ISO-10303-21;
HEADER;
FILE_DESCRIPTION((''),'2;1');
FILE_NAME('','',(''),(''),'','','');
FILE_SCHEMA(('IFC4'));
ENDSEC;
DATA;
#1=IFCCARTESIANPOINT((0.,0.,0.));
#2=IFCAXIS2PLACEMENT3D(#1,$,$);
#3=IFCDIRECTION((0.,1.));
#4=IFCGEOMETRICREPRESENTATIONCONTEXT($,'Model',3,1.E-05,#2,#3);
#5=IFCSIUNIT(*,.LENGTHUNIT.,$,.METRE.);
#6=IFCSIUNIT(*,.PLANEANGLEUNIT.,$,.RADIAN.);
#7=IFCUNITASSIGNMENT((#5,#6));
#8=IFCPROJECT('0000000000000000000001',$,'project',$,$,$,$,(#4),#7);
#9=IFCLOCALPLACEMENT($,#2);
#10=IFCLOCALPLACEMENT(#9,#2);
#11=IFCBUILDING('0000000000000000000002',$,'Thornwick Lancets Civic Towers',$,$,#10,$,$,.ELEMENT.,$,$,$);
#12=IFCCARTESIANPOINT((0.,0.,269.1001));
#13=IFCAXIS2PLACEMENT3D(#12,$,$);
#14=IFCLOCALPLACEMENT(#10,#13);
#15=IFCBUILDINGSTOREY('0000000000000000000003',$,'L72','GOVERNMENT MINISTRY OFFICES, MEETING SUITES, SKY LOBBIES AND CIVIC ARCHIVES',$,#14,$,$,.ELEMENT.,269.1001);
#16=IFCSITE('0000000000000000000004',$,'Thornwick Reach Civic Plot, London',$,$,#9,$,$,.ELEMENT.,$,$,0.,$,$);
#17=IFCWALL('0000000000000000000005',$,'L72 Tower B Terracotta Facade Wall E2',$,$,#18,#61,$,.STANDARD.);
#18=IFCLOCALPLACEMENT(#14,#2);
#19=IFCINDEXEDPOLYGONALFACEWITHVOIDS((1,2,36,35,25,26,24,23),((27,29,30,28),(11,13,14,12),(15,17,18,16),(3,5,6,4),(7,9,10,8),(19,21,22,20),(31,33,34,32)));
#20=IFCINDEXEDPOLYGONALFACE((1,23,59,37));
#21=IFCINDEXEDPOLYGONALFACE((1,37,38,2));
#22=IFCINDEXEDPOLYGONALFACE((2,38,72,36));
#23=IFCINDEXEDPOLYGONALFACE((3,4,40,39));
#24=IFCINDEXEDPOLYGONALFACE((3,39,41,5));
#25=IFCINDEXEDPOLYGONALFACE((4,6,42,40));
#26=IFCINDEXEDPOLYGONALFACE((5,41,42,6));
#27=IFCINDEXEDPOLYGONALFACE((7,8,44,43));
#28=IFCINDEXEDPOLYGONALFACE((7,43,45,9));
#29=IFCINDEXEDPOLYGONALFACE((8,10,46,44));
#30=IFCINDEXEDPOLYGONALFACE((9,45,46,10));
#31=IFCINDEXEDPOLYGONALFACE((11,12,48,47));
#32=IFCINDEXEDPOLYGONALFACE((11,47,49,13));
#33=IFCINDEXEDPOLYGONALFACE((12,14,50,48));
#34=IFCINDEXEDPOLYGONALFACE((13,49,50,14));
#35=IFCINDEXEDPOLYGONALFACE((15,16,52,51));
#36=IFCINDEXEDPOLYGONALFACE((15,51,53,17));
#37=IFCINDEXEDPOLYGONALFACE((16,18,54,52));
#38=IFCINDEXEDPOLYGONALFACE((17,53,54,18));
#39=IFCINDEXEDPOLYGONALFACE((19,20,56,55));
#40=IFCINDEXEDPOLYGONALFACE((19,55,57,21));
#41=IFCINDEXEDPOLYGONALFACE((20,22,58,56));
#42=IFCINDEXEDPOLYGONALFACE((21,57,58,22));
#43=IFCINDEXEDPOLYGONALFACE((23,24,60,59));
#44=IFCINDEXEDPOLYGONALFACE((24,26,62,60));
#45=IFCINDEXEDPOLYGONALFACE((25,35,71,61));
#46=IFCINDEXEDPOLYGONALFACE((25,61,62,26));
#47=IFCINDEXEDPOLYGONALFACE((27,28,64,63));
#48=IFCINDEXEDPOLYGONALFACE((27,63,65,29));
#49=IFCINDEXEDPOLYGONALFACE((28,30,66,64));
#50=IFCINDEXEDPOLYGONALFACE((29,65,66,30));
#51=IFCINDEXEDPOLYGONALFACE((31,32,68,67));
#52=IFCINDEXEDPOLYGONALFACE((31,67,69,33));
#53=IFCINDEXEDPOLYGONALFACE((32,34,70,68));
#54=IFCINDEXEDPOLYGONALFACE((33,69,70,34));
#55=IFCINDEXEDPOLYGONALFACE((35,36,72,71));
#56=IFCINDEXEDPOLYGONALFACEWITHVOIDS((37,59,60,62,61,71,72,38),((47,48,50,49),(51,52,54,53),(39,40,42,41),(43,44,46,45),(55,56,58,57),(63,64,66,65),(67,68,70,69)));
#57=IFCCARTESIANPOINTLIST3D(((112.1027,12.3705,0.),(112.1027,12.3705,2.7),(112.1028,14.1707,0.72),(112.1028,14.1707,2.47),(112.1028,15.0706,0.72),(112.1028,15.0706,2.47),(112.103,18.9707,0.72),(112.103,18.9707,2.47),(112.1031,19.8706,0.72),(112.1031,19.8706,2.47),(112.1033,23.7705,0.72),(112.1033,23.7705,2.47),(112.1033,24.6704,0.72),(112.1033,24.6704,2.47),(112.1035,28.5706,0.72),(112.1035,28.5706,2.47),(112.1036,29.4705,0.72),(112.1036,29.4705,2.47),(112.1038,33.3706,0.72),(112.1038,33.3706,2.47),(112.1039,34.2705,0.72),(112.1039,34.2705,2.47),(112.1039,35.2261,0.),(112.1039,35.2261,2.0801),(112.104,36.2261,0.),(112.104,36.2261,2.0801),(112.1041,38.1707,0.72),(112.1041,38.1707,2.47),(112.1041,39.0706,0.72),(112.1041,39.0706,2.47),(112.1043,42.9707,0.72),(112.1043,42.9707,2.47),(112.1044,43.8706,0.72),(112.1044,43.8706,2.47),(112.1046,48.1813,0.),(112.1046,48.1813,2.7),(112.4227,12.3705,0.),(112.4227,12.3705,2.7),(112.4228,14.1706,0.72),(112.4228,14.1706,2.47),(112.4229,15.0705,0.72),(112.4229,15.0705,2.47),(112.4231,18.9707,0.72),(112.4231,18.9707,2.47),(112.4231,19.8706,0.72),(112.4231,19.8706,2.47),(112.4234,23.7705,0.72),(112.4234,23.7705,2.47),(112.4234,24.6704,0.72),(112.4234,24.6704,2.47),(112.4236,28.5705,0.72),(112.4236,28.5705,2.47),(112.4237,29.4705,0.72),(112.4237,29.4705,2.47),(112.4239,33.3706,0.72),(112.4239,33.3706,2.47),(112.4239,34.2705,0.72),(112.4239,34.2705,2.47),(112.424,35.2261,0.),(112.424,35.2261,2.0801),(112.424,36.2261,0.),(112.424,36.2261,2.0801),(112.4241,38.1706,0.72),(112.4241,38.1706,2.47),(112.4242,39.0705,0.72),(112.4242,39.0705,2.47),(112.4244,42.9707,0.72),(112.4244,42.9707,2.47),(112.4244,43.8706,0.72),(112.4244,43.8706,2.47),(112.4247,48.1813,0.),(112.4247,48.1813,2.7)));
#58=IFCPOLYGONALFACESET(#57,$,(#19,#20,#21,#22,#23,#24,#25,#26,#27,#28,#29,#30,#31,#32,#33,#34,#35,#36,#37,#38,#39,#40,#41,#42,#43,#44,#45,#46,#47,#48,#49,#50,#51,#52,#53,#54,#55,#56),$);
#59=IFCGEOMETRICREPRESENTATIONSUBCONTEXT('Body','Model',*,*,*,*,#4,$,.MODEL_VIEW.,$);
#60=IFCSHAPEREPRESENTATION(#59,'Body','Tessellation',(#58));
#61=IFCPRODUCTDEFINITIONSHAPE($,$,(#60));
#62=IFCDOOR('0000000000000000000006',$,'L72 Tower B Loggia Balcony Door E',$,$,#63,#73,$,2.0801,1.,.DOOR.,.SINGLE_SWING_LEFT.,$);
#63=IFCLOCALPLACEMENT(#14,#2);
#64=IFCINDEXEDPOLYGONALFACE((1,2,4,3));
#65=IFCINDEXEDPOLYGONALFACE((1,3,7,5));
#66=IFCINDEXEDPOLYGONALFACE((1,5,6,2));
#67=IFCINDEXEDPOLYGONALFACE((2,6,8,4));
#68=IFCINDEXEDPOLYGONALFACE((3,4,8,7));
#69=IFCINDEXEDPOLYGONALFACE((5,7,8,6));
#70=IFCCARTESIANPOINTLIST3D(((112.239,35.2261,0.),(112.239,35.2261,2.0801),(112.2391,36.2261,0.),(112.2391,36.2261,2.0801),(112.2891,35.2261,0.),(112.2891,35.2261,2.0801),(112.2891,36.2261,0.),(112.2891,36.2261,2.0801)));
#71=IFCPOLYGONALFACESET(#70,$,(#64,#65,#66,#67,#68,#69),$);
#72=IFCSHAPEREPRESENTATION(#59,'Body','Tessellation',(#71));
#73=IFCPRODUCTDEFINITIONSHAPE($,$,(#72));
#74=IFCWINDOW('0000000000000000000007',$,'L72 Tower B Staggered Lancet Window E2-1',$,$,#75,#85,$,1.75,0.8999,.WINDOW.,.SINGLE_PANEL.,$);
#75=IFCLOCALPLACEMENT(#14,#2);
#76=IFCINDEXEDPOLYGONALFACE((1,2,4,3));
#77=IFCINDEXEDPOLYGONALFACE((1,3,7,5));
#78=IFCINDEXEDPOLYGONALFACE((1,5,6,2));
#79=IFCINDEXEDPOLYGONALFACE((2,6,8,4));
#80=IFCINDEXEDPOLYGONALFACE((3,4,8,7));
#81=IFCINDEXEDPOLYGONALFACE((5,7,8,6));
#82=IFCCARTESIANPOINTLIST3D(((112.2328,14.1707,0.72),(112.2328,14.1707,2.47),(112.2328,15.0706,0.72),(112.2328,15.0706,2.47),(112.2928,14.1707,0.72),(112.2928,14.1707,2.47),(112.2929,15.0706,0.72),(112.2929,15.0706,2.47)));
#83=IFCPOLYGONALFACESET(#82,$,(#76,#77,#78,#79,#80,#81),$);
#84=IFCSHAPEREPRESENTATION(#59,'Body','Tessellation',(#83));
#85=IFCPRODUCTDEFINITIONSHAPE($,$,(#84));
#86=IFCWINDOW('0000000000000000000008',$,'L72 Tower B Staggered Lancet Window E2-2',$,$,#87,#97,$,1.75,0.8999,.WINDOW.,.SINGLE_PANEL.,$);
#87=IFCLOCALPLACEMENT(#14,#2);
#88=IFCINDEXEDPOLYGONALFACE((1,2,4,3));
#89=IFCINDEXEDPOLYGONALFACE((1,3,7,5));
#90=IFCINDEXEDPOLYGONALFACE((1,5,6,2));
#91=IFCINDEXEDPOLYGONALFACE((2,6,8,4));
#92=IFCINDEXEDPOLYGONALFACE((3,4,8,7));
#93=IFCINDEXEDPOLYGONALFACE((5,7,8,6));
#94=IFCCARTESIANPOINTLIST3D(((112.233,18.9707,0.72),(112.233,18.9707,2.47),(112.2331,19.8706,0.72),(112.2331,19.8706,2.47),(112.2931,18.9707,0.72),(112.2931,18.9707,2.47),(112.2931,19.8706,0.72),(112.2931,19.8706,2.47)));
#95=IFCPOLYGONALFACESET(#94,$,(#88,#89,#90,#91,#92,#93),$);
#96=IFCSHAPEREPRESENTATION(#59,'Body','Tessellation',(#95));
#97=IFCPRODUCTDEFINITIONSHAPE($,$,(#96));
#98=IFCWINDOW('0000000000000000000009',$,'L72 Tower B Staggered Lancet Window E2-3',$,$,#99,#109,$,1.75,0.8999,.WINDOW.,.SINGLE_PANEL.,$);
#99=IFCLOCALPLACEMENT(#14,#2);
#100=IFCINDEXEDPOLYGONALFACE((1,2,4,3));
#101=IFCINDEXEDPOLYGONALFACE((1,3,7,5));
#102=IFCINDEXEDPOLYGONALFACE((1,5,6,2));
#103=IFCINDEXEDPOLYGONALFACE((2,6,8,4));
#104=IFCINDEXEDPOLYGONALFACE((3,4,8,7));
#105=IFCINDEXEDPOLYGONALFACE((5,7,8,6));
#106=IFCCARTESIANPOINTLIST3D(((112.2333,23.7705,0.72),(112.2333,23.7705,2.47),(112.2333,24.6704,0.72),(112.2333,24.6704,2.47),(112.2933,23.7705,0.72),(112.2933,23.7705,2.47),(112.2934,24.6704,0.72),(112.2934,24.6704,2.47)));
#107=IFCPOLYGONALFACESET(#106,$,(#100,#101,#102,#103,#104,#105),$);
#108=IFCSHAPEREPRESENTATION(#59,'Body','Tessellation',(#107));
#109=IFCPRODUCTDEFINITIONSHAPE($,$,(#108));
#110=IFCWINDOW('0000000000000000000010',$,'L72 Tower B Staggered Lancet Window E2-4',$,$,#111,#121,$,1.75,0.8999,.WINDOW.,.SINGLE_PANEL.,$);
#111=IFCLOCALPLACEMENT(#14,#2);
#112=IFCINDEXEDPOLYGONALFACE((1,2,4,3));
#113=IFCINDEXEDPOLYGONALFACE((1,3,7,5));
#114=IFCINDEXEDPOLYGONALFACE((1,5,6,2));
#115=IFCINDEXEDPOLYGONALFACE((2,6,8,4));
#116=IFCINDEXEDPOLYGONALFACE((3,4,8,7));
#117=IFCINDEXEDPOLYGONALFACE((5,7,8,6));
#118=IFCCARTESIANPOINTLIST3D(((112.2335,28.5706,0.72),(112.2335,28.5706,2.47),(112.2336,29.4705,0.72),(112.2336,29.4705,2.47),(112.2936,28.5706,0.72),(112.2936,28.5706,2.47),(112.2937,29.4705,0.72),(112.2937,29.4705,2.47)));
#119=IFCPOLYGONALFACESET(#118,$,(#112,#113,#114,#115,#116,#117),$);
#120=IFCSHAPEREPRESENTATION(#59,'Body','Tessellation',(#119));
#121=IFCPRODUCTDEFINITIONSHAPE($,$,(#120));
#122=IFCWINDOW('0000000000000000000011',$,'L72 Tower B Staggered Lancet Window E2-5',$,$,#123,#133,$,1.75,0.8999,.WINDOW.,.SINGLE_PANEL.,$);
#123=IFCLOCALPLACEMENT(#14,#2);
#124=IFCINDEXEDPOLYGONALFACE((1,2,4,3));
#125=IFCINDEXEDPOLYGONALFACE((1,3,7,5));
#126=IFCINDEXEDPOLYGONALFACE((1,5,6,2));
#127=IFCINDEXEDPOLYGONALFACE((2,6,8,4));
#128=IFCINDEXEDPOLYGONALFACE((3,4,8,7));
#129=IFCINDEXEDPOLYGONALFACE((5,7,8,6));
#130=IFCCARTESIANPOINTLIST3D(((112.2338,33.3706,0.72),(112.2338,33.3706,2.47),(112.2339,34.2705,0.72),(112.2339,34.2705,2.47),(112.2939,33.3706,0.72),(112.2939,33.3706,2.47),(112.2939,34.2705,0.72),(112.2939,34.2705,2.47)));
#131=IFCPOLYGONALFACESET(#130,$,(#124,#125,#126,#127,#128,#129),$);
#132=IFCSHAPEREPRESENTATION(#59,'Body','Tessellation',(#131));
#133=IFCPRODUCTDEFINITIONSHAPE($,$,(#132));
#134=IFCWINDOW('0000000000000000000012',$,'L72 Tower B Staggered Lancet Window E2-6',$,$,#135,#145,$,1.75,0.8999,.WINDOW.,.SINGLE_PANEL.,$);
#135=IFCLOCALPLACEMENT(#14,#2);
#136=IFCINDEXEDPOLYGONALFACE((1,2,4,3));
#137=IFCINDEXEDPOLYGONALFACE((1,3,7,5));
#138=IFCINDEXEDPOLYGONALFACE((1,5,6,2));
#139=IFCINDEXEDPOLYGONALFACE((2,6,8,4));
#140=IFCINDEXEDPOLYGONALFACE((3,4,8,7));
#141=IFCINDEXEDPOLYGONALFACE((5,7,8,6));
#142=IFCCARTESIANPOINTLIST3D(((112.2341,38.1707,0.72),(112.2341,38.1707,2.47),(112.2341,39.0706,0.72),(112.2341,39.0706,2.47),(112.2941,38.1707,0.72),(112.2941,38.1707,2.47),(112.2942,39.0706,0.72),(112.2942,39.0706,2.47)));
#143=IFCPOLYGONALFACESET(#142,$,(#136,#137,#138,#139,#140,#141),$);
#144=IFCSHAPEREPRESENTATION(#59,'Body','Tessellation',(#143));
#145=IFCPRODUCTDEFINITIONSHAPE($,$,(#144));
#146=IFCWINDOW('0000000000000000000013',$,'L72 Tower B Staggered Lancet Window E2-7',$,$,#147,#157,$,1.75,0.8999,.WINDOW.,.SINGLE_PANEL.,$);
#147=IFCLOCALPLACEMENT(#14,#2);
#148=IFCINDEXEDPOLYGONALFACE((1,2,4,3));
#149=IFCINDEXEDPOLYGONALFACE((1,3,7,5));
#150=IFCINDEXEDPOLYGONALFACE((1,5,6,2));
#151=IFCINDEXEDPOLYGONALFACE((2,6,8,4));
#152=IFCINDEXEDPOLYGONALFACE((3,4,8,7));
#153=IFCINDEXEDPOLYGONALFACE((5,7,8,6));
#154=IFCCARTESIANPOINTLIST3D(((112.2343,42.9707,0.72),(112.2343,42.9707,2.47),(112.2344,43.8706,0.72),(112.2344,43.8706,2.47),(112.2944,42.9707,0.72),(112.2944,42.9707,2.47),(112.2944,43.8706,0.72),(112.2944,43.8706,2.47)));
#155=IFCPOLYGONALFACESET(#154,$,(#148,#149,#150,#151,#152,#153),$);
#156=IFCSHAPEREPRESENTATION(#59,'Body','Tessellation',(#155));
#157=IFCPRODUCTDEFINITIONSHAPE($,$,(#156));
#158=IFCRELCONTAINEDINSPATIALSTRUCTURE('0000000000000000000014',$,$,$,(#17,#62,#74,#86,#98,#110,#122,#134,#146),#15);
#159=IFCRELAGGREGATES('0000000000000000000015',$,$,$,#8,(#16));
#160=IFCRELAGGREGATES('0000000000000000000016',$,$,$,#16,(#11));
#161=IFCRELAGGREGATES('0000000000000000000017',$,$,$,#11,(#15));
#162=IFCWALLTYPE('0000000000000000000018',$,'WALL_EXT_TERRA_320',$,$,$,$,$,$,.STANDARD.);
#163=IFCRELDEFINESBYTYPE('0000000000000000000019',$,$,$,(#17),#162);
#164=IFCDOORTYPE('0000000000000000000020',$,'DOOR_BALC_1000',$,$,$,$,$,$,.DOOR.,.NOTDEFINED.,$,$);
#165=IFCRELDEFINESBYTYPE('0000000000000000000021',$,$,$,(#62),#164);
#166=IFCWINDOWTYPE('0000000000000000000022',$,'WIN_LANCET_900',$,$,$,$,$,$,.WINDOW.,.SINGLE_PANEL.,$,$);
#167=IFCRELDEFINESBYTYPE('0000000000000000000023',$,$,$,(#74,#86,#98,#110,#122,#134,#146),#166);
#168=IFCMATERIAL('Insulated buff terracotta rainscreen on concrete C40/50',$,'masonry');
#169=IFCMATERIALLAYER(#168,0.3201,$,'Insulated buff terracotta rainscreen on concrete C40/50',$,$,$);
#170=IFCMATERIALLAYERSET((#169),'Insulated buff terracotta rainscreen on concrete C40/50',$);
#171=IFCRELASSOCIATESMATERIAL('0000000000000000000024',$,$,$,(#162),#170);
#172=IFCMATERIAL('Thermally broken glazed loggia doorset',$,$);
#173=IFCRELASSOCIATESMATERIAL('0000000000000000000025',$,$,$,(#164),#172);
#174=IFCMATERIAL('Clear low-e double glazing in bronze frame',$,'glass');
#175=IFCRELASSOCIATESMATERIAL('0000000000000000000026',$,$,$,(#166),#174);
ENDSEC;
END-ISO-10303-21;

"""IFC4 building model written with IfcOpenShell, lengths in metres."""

from ifc_helpers import new_model, si_unit, direction, frame, frame_2d, origin, place, context, subcontext, project, spatial, rectangle, extrude, material, layer, layer_set, type_object, element, fill, save


model = new_model("IFC4")

# Units and contexts
model_context = context("Model", 3, precision=1e-05, world=origin(), true_north=direction((0.0, 1.0)))
body_context = subcontext(model_context, "Body", "Model", "MODEL_VIEW")
ifc_project = project(units=[si_unit("LENGTHUNIT", "METRE"), si_unit("PLANEANGLEUNIT", "RADIAN")], contexts=[model_context])

# Site, building, storey
site_placement = place(None, origin())
site = spatial("IfcSite", under=ifc_project, at=site_placement, Name="Thornwick Reach Civic Plot, London", CompositionType="ELEMENT", RefElevation=0.0)
building_placement = place(site_placement, origin())
building = spatial("IfcBuilding", under=site, at=building_placement, Name="Thornwick Lancets Civic Towers", CompositionType="ELEMENT")
storey_placement = place(building_placement, frame((0.0, 0.0, 269.1001)))
storey = spatial("IfcBuildingStorey", under=building, at=storey_placement, Name="L72", Description="GOVERNMENT MINISTRY OFFICES, MEETING SUITES, SKY LOBBIES AND CIVIC ARCHIVES", CompositionType="ELEMENT", Elevation=269.1001)

# Wall, openings, door, windows
ifc_material_1 = material(Name="Insulated buff terracotta rainscreen on concrete C40/50", Category="masonry")
ifc_layer_1 = layer(ifc_material_1, 0.3201, Name="Insulated buff terracotta rainscreen on concrete C40/50")
ifc_layer_set_1 = layer_set([ifc_layer_1], Name="Insulated buff terracotta rainscreen on concrete C40/50")
wall_type_1 = type_object("IfcWallType", Name="WALL_EXT_TERRA_320", PredefinedType="STANDARD", material=ifc_layer_set_1)
wall_1_placement = place(storey_placement, frame((112.2627, 12.3706, 0.0), z_axis=(0.0, 0.0, 1.0), x_axis=(0.000055, 1.0, 0.0)))
wall_1 = element("IfcWall", 1, at=wall_1_placement, inside=storey, type_object=wall_type_1, Name="L72 Tower B Terracotta Facade Wall E2", PredefinedType="STANDARD", context=body_context, shape_type="SweptSolid", body=[
    extrude(rectangle(XDim=35.8108, YDim=0.3201, at=frame_2d((17.9053, 0.0))), origin(), (0.0, 0.0, 1.0), 2.7),
])
opening_1_placement = place(wall_1_placement, frame((22.8555, 0.0, 0.0)))
opening_1 = element("IfcOpeningElement", 2, at=opening_1_placement, cuts=wall_1, PredefinedType="OPENING", context=body_context, shape_type="SweptSolid", body=[
    extrude(rectangle(XDim=1.0, YDim=2.0801, at=frame_2d((0.5, 1.04))), frame((0.0, 0.1699, 0.0), z_axis=(0.0, -1.0, 0.0), x_axis=(1.0, 0.0, 0.0)), (0.0, 0.0, 1.0), 0.3401),
])
opening_2_placement = place(wall_1_placement, frame((1.8, 0.0, 0.72)))
opening_2 = element("IfcOpeningElement", 3, at=opening_2_placement, cuts=wall_1, PredefinedType="OPENING", context=body_context, shape_type="SweptSolid", body=[
    extrude(rectangle(XDim=0.8999, YDim=1.75, at=frame_2d((0.45, 0.875))), frame((0.0, 0.1699, 0.0), z_axis=(0.0, -1.0, 0.0), x_axis=(1.0, 0.0, 0.0)), (0.0, 0.0, 1.0), 0.3401),
])
opening_3_placement = place(wall_1_placement, frame((6.6001, 0.0, 0.72)))
opening_3 = element("IfcOpeningElement", 4, at=opening_3_placement, cuts=wall_1, PredefinedType="OPENING", context=body_context, shape_type="SweptSolid", body=[
    extrude(rectangle(XDim=0.8999, YDim=1.75, at=frame_2d((0.45, 0.875))), frame((0.0, 0.1699, 0.0), z_axis=(0.0, -1.0, 0.0), x_axis=(1.0, 0.0, 0.0)), (0.0, 0.0, 1.0), 0.3401),
])
opening_4_placement = place(wall_1_placement, frame((11.3999, 0.0, 0.72)))
opening_4 = element("IfcOpeningElement", 5, at=opening_4_placement, cuts=wall_1, PredefinedType="OPENING", context=body_context, shape_type="SweptSolid", body=[
    extrude(rectangle(XDim=0.8999, YDim=1.75, at=frame_2d((0.45, 0.875))), frame((0.0, 0.1699, 0.0), z_axis=(0.0, -1.0, 0.0), x_axis=(1.0, 0.0, 0.0)), (0.0, 0.0, 1.0), 0.3401),
])
opening_5_placement = place(wall_1_placement, frame((16.2, 0.0, 0.72)))
opening_5 = element("IfcOpeningElement", 6, at=opening_5_placement, cuts=wall_1, PredefinedType="OPENING", context=body_context, shape_type="SweptSolid", body=[
    extrude(rectangle(XDim=0.8999, YDim=1.75, at=frame_2d((0.45, 0.875))), frame((0.0, 0.1699, 0.0), z_axis=(0.0, -1.0, 0.0), x_axis=(1.0, 0.0, 0.0)), (0.0, 0.0, 1.0), 0.3401),
])
opening_6_placement = place(wall_1_placement, frame((21.0, 0.0, 0.72)))
opening_6 = element("IfcOpeningElement", 7, at=opening_6_placement, cuts=wall_1, PredefinedType="OPENING", context=body_context, shape_type="SweptSolid", body=[
    extrude(rectangle(XDim=0.8999, YDim=1.75, at=frame_2d((0.45, 0.875))), frame((0.0, 0.1699, 0.0), z_axis=(0.0, -1.0, 0.0), x_axis=(1.0, 0.0, 0.0)), (0.0, 0.0, 1.0), 0.3401),
])
opening_7_placement = place(wall_1_placement, frame((25.8, 0.0, 0.72)))
opening_7 = element("IfcOpeningElement", 8, at=opening_7_placement, cuts=wall_1, PredefinedType="OPENING", context=body_context, shape_type="SweptSolid", body=[
    extrude(rectangle(XDim=0.8999, YDim=1.75, at=frame_2d((0.45, 0.875))), frame((0.0, 0.1699, 0.0), z_axis=(0.0, -1.0, 0.0), x_axis=(1.0, 0.0, 0.0)), (0.0, 0.0, 1.0), 0.3401),
])
opening_8_placement = place(wall_1_placement, frame((30.6001, 0.0, 0.72)))
opening_8 = element("IfcOpeningElement", 9, at=opening_8_placement, cuts=wall_1, PredefinedType="OPENING", context=body_context, shape_type="SweptSolid", body=[
    extrude(rectangle(XDim=0.8999, YDim=1.75, at=frame_2d((0.45, 0.875))), frame((0.0, 0.1699, 0.0), z_axis=(0.0, -1.0, 0.0), x_axis=(1.0, 0.0, 0.0)), (0.0, 0.0, 1.0), 0.3401),
])
ifc_material_2 = material(Name="Thermally broken glazed loggia doorset")
door_type = type_object("IfcDoorType", Name="DOOR_BALC_1000", OperationType="NOTDEFINED", PredefinedType="DOOR", material=ifc_material_2)
door_placement = place(opening_1_placement, origin())
door = element("IfcDoor", 10, at=door_placement, inside=storey, type_object=door_type, Name="L72 Tower B Loggia Balcony Door E", OperationType="SINGLE_SWING_LEFT", OverallHeight=2.0801, OverallWidth=1.0, PredefinedType="DOOR", context=body_context, shape_type="SweptSolid", body=[
    extrude(rectangle(XDim=1.0, YDim=2.0801, at=frame_2d((0.5, 1.04))), frame((0.0, 0.0249, 0.0), z_axis=(0.0, -1.0, 0.0), x_axis=(1.0, 0.0, 0.0)), (0.0, 0.0, 1.0), 0.05),
])
fill(opening_1, door)
ifc_material_3 = material(Name="Clear low-e double glazing in bronze frame", Category="glass")
window_type = type_object("IfcWindowType", Name="WIN_LANCET_900", PartitioningType="SINGLE_PANEL", PredefinedType="WINDOW", material=ifc_material_3)
window_1_placement = place(opening_2_placement, origin())
window_1 = element("IfcWindow", 11, at=window_1_placement, inside=storey, type_object=window_type, Name="L72 Tower B Staggered Lancet Window E2-1", OverallHeight=1.75, OverallWidth=0.8999, PartitioningType="SINGLE_PANEL", PredefinedType="WINDOW", context=body_context, shape_type="SweptSolid", body=[
    extrude(rectangle(XDim=0.8999, YDim=1.75, at=frame_2d((0.45, 0.875))), frame((0.0, 0.03, 0.0), z_axis=(0.0, -1.0, 0.0), x_axis=(1.0, 0.0, 0.0)), (0.0, 0.0, 1.0), 0.0601),
])
fill(opening_2, window_1)
window_2_placement = place(opening_3_placement, origin())
window_2 = element("IfcWindow", 12, at=window_2_placement, inside=storey, type_object=window_type, Name="L72 Tower B Staggered Lancet Window E2-2", OverallHeight=1.75, OverallWidth=0.8999, PartitioningType="SINGLE_PANEL", PredefinedType="WINDOW", context=body_context, shape_type="SweptSolid", body=[
    extrude(rectangle(XDim=0.8999, YDim=1.75, at=frame_2d((0.45, 0.875))), frame((0.0, 0.03, 0.0), z_axis=(0.0, -1.0, 0.0), x_axis=(1.0, 0.0, 0.0)), (0.0, 0.0, 1.0), 0.0601),
])
fill(opening_3, window_2)
window_3_placement = place(opening_4_placement, origin())
window_3 = element("IfcWindow", 13, at=window_3_placement, inside=storey, type_object=window_type, Name="L72 Tower B Staggered Lancet Window E2-3", OverallHeight=1.75, OverallWidth=0.8999, PartitioningType="SINGLE_PANEL", PredefinedType="WINDOW", context=body_context, shape_type="SweptSolid", body=[
    extrude(rectangle(XDim=0.8999, YDim=1.75, at=frame_2d((0.45, 0.875))), frame((0.0, 0.03, 0.0), z_axis=(0.0, -1.0, 0.0), x_axis=(1.0, 0.0, 0.0)), (0.0, 0.0, 1.0), 0.0601),
])
fill(opening_4, window_3)
window_4_placement = place(opening_5_placement, origin())
window_4 = element("IfcWindow", 14, at=window_4_placement, inside=storey, type_object=window_type, Name="L72 Tower B Staggered Lancet Window E2-4", OverallHeight=1.75, OverallWidth=0.8999, PartitioningType="SINGLE_PANEL", PredefinedType="WINDOW", context=body_context, shape_type="SweptSolid", body=[
    extrude(rectangle(XDim=0.8999, YDim=1.75, at=frame_2d((0.45, 0.875))), frame((0.0, 0.03, 0.0), z_axis=(0.0, -1.0, 0.0), x_axis=(1.0, 0.0, 0.0)), (0.0, 0.0, 1.0), 0.0601),
])
fill(opening_5, window_4)
window_5_placement = place(opening_6_placement, origin())
window_5 = element("IfcWindow", 15, at=window_5_placement, inside=storey, type_object=window_type, Name="L72 Tower B Staggered Lancet Window E2-5", OverallHeight=1.75, OverallWidth=0.8999, PartitioningType="SINGLE_PANEL", PredefinedType="WINDOW", context=body_context, shape_type="SweptSolid", body=[
    extrude(rectangle(XDim=0.8999, YDim=1.75, at=frame_2d((0.45, 0.875))), frame((0.0, 0.03, 0.0), z_axis=(0.0, -1.0, 0.0), x_axis=(1.0, 0.0, 0.0)), (0.0, 0.0, 1.0), 0.0601),
])
fill(opening_6, window_5)
window_6_placement = place(opening_7_placement, origin())
window_6 = element("IfcWindow", 16, at=window_6_placement, inside=storey, type_object=window_type, Name="L72 Tower B Staggered Lancet Window E2-6", OverallHeight=1.75, OverallWidth=0.8999, PartitioningType="SINGLE_PANEL", PredefinedType="WINDOW", context=body_context, shape_type="SweptSolid", body=[
    extrude(rectangle(XDim=0.8999, YDim=1.75, at=frame_2d((0.45, 0.875))), frame((0.0, 0.03, 0.0), z_axis=(0.0, -1.0, 0.0), x_axis=(1.0, 0.0, 0.0)), (0.0, 0.0, 1.0), 0.0601),
])
fill(opening_7, window_6)
window_7_placement = place(opening_8_placement, origin())
window_7 = element("IfcWindow", 17, at=window_7_placement, inside=storey, type_object=window_type, Name="L72 Tower B Staggered Lancet Window E2-7", OverallHeight=1.75, OverallWidth=0.8999, PartitioningType="SINGLE_PANEL", PredefinedType="WINDOW", context=body_context, shape_type="SweptSolid", body=[
    extrude(rectangle(XDim=0.8999, YDim=1.75, at=frame_2d((0.45, 0.875))), frame((0.0, 0.03, 0.0), z_axis=(0.0, -1.0, 0.0), x_axis=(1.0, 0.0, 0.0)), (0.0, 0.0, 1.0), 0.0601),
])
fill(opening_8, window_7)

save(model, "model.ifc")
